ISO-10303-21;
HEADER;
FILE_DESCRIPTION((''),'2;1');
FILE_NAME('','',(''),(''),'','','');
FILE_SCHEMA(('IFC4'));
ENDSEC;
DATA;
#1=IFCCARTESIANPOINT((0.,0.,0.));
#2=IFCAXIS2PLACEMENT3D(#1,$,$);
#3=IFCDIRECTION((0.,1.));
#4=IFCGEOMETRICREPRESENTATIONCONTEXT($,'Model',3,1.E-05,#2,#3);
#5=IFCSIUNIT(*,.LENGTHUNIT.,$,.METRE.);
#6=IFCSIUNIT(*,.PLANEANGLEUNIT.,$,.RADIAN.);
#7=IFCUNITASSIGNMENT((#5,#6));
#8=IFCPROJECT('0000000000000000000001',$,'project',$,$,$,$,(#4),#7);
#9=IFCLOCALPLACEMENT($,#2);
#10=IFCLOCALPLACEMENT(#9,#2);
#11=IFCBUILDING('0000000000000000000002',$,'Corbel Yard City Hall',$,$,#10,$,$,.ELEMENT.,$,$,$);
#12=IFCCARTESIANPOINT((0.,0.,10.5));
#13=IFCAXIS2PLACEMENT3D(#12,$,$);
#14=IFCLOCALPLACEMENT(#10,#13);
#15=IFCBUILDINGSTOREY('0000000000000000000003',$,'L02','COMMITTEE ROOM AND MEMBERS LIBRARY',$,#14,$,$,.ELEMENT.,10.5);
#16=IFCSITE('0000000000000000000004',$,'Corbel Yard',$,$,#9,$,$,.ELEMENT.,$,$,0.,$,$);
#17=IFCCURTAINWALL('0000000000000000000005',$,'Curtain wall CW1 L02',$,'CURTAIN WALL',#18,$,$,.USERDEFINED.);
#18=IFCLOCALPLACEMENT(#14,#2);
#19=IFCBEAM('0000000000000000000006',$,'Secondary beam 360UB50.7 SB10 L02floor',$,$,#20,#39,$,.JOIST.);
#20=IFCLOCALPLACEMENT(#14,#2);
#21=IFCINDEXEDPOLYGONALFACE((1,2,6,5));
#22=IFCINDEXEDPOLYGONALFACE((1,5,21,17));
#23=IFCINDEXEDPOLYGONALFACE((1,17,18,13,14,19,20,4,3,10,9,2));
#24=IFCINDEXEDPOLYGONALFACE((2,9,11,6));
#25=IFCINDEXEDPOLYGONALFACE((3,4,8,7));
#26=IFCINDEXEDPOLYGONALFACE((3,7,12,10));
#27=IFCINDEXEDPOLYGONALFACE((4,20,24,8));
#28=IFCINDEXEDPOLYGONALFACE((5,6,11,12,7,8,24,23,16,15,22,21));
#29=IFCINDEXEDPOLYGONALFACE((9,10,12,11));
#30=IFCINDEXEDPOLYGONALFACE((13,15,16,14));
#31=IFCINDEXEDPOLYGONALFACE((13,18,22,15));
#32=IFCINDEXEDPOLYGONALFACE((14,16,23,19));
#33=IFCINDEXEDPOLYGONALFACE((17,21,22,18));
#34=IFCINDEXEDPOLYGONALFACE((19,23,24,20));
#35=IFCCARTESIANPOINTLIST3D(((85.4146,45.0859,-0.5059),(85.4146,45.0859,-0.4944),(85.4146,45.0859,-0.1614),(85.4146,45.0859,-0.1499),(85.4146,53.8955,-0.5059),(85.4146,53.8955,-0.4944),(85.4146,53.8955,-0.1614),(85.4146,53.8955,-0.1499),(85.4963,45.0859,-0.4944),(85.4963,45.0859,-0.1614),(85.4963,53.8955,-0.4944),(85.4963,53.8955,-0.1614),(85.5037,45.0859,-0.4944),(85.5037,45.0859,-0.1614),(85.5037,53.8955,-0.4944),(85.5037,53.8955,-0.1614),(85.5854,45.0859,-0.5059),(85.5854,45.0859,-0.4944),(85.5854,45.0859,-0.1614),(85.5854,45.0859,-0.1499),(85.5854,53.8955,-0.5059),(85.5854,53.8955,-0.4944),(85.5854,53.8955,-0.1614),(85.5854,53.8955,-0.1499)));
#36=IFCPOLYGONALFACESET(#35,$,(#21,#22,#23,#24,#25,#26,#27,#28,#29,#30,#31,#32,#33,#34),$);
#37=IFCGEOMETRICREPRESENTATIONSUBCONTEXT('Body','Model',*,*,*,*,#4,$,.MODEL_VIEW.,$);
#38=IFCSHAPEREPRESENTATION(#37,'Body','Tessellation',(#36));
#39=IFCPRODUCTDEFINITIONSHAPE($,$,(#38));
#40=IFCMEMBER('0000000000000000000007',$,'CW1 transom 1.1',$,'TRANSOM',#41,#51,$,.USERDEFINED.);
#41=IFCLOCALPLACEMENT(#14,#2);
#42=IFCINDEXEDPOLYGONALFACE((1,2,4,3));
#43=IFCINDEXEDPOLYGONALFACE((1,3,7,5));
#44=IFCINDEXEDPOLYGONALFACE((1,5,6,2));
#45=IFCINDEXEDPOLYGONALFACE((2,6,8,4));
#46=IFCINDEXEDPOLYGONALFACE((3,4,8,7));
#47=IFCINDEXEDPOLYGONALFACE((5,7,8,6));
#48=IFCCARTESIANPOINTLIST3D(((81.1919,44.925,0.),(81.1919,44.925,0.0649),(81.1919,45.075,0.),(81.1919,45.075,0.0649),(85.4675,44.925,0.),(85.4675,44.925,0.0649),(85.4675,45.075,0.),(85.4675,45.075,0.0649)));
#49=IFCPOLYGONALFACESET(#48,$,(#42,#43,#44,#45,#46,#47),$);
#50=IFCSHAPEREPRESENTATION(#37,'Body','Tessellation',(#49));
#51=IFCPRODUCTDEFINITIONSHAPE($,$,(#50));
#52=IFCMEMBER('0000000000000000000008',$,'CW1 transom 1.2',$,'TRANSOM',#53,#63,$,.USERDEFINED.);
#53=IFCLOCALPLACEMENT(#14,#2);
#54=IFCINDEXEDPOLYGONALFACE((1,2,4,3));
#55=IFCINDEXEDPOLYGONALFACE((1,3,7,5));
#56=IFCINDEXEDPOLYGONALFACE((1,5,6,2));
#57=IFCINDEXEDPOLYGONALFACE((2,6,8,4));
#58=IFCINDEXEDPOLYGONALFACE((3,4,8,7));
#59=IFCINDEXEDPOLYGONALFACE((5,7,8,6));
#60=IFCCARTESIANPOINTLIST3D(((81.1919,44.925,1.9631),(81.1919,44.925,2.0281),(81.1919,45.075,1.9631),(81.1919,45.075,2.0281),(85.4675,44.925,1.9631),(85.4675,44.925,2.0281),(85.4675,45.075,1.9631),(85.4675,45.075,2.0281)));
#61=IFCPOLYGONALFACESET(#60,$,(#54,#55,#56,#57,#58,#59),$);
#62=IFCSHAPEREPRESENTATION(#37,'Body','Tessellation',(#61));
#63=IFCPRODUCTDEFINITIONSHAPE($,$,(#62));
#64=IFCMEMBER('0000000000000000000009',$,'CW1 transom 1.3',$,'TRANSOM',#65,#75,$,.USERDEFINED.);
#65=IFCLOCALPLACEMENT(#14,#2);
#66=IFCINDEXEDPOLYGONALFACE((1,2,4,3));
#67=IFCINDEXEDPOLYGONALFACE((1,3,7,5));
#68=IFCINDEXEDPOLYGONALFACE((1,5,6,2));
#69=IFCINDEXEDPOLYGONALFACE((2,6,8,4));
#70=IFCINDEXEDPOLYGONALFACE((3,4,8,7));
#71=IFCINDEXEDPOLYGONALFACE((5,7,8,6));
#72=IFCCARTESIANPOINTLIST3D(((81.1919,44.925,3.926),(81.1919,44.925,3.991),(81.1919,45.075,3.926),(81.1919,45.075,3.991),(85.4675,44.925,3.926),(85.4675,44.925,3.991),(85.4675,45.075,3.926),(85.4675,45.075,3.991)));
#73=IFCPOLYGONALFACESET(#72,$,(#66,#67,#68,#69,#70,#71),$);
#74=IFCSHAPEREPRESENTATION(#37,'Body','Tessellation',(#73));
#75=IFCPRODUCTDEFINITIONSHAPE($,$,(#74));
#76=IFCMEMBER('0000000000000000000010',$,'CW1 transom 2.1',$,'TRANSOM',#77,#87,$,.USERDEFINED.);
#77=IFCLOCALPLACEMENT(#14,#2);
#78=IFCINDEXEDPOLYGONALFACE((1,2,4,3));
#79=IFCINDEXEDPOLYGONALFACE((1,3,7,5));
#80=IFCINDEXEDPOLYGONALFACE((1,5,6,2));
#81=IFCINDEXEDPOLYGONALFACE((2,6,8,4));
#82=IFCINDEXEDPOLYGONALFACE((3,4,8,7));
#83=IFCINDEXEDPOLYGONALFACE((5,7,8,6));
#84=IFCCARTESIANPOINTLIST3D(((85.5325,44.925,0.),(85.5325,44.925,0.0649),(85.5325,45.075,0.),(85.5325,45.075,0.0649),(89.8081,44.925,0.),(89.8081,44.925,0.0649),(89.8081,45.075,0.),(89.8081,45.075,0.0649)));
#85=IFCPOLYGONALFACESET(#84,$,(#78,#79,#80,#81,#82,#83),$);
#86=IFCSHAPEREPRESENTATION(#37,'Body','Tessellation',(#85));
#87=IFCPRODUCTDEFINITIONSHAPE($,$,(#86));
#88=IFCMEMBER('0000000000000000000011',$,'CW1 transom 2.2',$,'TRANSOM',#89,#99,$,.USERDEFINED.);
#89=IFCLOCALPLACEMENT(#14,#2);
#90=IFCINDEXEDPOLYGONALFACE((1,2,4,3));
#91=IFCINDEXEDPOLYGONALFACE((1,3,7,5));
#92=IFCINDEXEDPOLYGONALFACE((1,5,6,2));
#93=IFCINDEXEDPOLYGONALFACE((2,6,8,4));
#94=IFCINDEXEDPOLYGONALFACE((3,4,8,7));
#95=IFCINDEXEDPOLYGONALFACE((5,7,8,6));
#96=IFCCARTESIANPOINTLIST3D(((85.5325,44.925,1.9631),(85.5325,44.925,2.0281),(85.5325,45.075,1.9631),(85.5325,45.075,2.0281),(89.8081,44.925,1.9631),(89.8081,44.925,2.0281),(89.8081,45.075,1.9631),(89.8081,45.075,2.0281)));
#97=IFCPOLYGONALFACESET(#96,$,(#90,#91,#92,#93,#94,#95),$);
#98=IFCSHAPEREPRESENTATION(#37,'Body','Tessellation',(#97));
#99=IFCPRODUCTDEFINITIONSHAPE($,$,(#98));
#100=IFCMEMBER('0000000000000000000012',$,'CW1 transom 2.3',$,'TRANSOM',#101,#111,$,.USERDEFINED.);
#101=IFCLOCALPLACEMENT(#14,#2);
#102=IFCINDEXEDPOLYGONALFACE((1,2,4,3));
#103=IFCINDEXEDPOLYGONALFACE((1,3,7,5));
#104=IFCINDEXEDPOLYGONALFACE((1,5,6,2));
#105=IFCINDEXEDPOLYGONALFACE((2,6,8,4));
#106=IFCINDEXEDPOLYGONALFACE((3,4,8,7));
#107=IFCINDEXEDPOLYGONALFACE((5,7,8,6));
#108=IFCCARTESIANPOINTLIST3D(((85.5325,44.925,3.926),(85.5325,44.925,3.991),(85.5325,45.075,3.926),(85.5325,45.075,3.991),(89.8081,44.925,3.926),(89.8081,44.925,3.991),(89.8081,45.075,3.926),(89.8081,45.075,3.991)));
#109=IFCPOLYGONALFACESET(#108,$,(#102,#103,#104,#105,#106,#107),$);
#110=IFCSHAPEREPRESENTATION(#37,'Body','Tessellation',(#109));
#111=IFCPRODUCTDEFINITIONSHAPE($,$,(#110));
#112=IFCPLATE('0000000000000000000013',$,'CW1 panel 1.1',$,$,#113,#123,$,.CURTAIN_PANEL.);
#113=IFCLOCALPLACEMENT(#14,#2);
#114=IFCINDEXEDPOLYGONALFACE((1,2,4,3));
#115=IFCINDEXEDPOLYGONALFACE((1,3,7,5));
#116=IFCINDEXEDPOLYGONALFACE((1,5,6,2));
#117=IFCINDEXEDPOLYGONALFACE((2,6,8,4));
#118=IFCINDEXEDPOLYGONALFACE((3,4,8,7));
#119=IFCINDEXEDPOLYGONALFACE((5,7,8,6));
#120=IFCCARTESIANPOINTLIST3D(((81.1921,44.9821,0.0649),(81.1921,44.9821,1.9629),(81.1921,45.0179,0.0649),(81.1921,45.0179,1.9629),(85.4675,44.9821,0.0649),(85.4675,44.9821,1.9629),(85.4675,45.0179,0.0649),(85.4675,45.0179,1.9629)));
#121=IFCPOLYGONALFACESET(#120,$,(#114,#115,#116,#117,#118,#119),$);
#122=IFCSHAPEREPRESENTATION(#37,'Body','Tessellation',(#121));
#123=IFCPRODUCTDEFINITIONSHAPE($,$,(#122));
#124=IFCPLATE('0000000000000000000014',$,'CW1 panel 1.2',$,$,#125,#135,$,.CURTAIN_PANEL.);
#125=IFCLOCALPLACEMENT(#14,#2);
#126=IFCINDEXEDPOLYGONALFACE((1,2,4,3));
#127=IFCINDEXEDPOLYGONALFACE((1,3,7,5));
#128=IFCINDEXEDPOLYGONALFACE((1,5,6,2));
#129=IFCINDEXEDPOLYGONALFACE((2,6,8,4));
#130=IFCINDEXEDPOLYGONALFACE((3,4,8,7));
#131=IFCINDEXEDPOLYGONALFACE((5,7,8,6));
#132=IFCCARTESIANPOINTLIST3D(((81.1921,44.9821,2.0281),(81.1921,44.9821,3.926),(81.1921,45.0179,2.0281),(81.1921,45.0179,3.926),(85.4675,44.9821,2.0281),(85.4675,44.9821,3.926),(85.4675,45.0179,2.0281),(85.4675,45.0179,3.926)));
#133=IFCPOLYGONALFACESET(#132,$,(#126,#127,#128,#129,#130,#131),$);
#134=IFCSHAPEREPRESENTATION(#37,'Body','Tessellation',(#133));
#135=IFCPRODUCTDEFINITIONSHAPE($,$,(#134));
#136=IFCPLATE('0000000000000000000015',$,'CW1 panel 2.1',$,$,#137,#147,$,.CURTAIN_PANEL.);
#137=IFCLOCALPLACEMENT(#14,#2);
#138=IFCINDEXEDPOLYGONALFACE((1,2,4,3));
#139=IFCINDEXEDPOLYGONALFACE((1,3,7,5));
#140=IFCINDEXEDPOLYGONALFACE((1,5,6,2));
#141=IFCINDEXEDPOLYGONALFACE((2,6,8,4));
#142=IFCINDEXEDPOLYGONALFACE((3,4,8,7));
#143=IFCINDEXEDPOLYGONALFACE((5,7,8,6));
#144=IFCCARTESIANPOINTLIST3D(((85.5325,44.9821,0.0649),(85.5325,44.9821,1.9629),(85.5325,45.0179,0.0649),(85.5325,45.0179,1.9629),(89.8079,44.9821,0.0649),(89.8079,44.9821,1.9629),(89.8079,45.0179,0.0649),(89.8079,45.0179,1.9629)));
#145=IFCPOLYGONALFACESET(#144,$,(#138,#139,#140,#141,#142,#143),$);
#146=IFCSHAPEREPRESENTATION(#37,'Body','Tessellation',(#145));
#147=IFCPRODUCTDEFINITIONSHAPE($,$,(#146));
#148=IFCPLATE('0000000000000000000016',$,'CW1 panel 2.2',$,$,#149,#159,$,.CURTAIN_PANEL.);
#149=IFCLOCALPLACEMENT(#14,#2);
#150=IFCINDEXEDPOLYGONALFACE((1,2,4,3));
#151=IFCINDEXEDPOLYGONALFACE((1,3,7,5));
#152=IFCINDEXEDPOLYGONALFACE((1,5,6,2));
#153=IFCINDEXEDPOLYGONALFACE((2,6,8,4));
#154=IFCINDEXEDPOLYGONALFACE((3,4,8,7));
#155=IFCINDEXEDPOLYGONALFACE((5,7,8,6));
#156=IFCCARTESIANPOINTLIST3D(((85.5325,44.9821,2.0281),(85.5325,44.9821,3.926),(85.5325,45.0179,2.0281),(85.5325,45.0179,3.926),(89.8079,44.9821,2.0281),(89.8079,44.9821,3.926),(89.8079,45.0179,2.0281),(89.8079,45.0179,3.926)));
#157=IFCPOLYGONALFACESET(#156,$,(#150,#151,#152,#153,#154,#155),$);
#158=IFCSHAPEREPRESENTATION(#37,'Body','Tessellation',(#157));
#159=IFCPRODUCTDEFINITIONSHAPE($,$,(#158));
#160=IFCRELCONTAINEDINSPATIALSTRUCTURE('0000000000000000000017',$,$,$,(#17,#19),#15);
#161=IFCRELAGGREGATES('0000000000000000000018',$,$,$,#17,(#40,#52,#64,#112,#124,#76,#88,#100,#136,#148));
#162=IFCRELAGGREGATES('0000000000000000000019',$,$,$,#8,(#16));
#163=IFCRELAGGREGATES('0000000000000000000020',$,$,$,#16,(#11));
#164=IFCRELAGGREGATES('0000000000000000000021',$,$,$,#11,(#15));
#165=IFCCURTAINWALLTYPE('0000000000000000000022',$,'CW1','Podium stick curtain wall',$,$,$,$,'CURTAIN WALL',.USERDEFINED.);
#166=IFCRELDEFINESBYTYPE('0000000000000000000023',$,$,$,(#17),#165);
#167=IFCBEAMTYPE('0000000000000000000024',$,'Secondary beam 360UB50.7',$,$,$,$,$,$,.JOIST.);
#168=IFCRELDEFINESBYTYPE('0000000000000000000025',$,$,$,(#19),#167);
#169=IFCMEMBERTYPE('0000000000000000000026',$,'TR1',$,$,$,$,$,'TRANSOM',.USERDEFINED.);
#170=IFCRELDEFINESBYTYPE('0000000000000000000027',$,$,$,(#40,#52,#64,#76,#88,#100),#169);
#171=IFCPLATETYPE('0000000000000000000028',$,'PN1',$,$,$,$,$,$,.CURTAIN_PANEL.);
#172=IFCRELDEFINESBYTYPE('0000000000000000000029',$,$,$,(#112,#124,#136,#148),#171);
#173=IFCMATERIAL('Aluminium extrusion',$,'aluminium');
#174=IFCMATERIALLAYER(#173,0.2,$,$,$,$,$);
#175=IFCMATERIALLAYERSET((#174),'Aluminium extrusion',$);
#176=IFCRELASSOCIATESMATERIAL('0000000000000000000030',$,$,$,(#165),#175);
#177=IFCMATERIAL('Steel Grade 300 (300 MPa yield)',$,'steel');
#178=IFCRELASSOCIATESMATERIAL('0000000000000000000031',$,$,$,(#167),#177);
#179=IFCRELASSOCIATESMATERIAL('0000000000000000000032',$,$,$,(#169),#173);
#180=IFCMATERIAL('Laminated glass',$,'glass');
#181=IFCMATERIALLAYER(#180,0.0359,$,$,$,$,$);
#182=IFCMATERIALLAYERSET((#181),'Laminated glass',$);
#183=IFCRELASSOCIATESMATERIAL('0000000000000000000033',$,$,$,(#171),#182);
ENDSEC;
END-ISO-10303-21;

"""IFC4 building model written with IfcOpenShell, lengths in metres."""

from ifc_helpers import new_model, si_unit, direction, frame, origin, origin_2d, place, context, subcontext, project, spatial, rectangle, i_section, extrude, material, layer, layer_set, material_profile, profile_set, type_object, element, aggregate, save


model = new_model("IFC4")

# Units and contexts
model_context = context("Model", 3, precision=1e-05, world=origin(), true_north=direction((0.0, 1.0)))
body_context = subcontext(model_context, "Body", "Model", "MODEL_VIEW")
ifc_project = project(units=[si_unit("LENGTHUNIT", "METRE"), si_unit("PLANEANGLEUNIT", "RADIAN")], contexts=[model_context])

# Site, building, storey
site_placement = place(None, origin())
site = spatial("IfcSite", under=ifc_project, at=site_placement, Name="Corbel Yard", CompositionType="ELEMENT", RefElevation=0.0)
building_placement = place(site_placement, origin())
building = spatial("IfcBuilding", under=site, at=building_placement, Name="Corbel Yard City Hall", CompositionType="ELEMENT")
storey_placement = place(building_placement, frame((0.0, 0.0, 10.5)))
storey = spatial("IfcBuildingStorey", under=building, at=storey_placement, Name="L02", Description="COMMITTEE ROOM AND MEMBERS LIBRARY", CompositionType="ELEMENT", Elevation=10.5)

# Shared definitions
ifc_material_1 = material(Name="Steel Grade 300 (300 MPa yield)", Category="steel")

# Curtain wall
ifc_material_2 = material(Name="Aluminium extrusion", Category="aluminium")
ifc_layer_1 = layer(ifc_material_2, 0.2)
ifc_layer_set_1 = layer_set([ifc_layer_1], Name="Aluminium extrusion")
curtain_wall_type = type_object("IfcCurtainWallType", Name="CW1", Description="Podium stick curtain wall", ElementType="CURTAIN WALL", PredefinedType="USERDEFINED", material=ifc_layer_set_1)
curtain_wall_placement = place(storey_placement, origin())
curtain_wall = element("IfcCurtainWall", 1, at=curtain_wall_placement, inside=storey, type_object=curtain_wall_type, Name="Curtain wall CW1 L02", ObjectType="CURTAIN WALL", PredefinedType="USERDEFINED")

# Beam
ifc_material_profile_1 = material_profile(ifc_material_1, i_section(OverallWidth=0.1709, OverallDepth=0.356, WebThickness=0.0073, FlangeThickness=0.0115, at=origin_2d()), Name="360UB50.7")
ifc_profile_set_1 = profile_set([ifc_material_profile_1], Name="Steel Grade 300 (300 MPa yield)")
beam_type_1 = type_object("IfcBeamType", Name="Secondary beam 360UB50.7", PredefinedType="JOIST", material=ifc_profile_set_1)
beam_1_placement = place(storey_placement, frame((85.5, 45.0859, -0.3279), z_axis=(0.0, 1.0, 0.0), x_axis=(-1.0, 0.0, 0.0)))
element("IfcBeam", 2, at=beam_1_placement, inside=storey, type_object=beam_type_1, Name="Secondary beam 360UB50.7 SB10 L02floor", PredefinedType="JOIST", context=body_context, shape_type="SweptSolid", body=[
    extrude(i_section(OverallWidth=0.1709, OverallDepth=0.356, WebThickness=0.0073, FlangeThickness=0.0115, at=origin_2d()), origin(), (0.0, 0.0, 1.0), 8.8096),
])

# Members
ifc_material_profile_2 = material_profile(ifc_material_2, rectangle(XDim=0.1499, YDim=0.0649, at=origin_2d()), Name="150x65")
ifc_profile_set_2 = profile_set([ifc_material_profile_2], Name="Aluminium extrusion")
member_type_1 = type_object("IfcMemberType", Name="TR1", ElementType="TRANSOM", PredefinedType="USERDEFINED", material=ifc_profile_set_2)
member_1_placement = place(storey_placement, frame((81.1919, 45.0, 0.0325), z_axis=(1.0, 0.0, 0.0), x_axis=(0.0, 1.0, 0.0)))
member_1 = element("IfcMember", 3, at=member_1_placement, type_object=member_type_1, Name="CW1 transom 1.1", ObjectType="TRANSOM", PredefinedType="USERDEFINED", context=body_context, shape_type="SweptSolid", body=[
    extrude(rectangle(XDim=0.1499, YDim=0.0649, at=origin_2d()), origin(), (0.0, 0.0, 1.0), 4.2756),
])
member_2_placement = place(storey_placement, frame((81.1919, 45.0, 1.9956), z_axis=(1.0, 0.0, 0.0), x_axis=(0.0, 1.0, 0.0)))
member_2 = element("IfcMember", 4, at=member_2_placement, type_object=member_type_1, Name="CW1 transom 1.2", ObjectType="TRANSOM", PredefinedType="USERDEFINED", context=body_context, shape_type="SweptSolid", body=[
    extrude(rectangle(XDim=0.1499, YDim=0.0649, at=origin_2d()), origin(), (0.0, 0.0, 1.0), 4.2756),
])
member_3_placement = place(storey_placement, frame((81.1919, 45.0, 3.9585), z_axis=(1.0, 0.0, 0.0), x_axis=(0.0, 1.0, 0.0)))
member_3 = element("IfcMember", 5, at=member_3_placement, type_object=member_type_1, Name="CW1 transom 1.3", ObjectType="TRANSOM", PredefinedType="USERDEFINED", context=body_context, shape_type="SweptSolid", body=[
    extrude(rectangle(XDim=0.1499, YDim=0.0649, at=origin_2d()), origin(), (0.0, 0.0, 1.0), 4.2756),
])
member_4_placement = place(storey_placement, frame((85.5325, 45.0, 0.0325), z_axis=(1.0, 0.0, 0.0), x_axis=(0.0, 1.0, 0.0)))
member_4 = element("IfcMember", 6, at=member_4_placement, type_object=member_type_1, Name="CW1 transom 2.1", ObjectType="TRANSOM", PredefinedType="USERDEFINED", context=body_context, shape_type="SweptSolid", body=[
    extrude(rectangle(XDim=0.1499, YDim=0.0649, at=origin_2d()), origin(), (0.0, 0.0, 1.0), 4.2756),
])
member_5_placement = place(storey_placement, frame((85.5325, 45.0, 1.9956), z_axis=(1.0, 0.0, 0.0), x_axis=(0.0, 1.0, 0.0)))
member_5 = element("IfcMember", 7, at=member_5_placement, type_object=member_type_1, Name="CW1 transom 2.2", ObjectType="TRANSOM", PredefinedType="USERDEFINED", context=body_context, shape_type="SweptSolid", body=[
    extrude(rectangle(XDim=0.1499, YDim=0.0649, at=origin_2d()), origin(), (0.0, 0.0, 1.0), 4.2756),
])
member_6_placement = place(storey_placement, frame((85.5325, 45.0, 3.9585), z_axis=(1.0, 0.0, 0.0), x_axis=(0.0, 1.0, 0.0)))
member_6 = element("IfcMember", 8, at=member_6_placement, type_object=member_type_1, Name="CW1 transom 2.3", ObjectType="TRANSOM", PredefinedType="USERDEFINED", context=body_context, shape_type="SweptSolid", body=[
    extrude(rectangle(XDim=0.1499, YDim=0.0649, at=origin_2d()), origin(), (0.0, 0.0, 1.0), 4.2756),
])

# Plates
ifc_material_3 = material(Name="Laminated glass", Category="glass")
ifc_layer_2 = layer(ifc_material_3, 0.0359)
ifc_layer_set_2 = layer_set([ifc_layer_2], Name="Laminated glass")
plate_type = type_object("IfcPlateType", Name="PN1", PredefinedType="CURTAIN_PANEL", material=ifc_layer_set_2)
plate_1_placement = place(storey_placement, frame((83.3298, 45.0, 0.0649), z_axis=(0.0, 0.0, 1.0), x_axis=(1.0, 0.0, 0.0)))
plate_1 = element("IfcPlate", 9, at=plate_1_placement, type_object=plate_type, Name="CW1 panel 1.1", PredefinedType="CURTAIN_PANEL", context=body_context, shape_type="SweptSolid", body=[
    extrude(rectangle(XDim=4.2754, YDim=0.0359, at=origin_2d()), origin(), (0.0, 0.0, 1.0), 1.8979),
])
plate_2_placement = place(storey_placement, frame((83.3298, 45.0, 2.0281), z_axis=(0.0, 0.0, 1.0), x_axis=(1.0, 0.0, 0.0)))
plate_2 = element("IfcPlate", 10, at=plate_2_placement, type_object=plate_type, Name="CW1 panel 1.2", PredefinedType="CURTAIN_PANEL", context=body_context, shape_type="SweptSolid", body=[
    extrude(rectangle(XDim=4.2754, YDim=0.0359, at=origin_2d()), origin(), (0.0, 0.0, 1.0), 1.8979),
])
plate_3_placement = place(storey_placement, frame((87.6702, 45.0, 0.0649), z_axis=(0.0, 0.0, 1.0), x_axis=(1.0, 0.0, 0.0)))
plate_3 = element("IfcPlate", 11, at=plate_3_placement, type_object=plate_type, Name="CW1 panel 2.1", PredefinedType="CURTAIN_PANEL", context=body_context, shape_type="SweptSolid", body=[
    extrude(rectangle(XDim=4.2754, YDim=0.0359, at=origin_2d()), origin(), (0.0, 0.0, 1.0), 1.8979),
])
plate_4_placement = place(storey_placement, frame((87.6702, 45.0, 2.0281), z_axis=(0.0, 0.0, 1.0), x_axis=(1.0, 0.0, 0.0)))
plate_4 = element("IfcPlate", 12, at=plate_4_placement, type_object=plate_type, Name="CW1 panel 2.2", PredefinedType="CURTAIN_PANEL", context=body_context, shape_type="SweptSolid", body=[
    extrude(rectangle(XDim=4.2754, YDim=0.0359, at=origin_2d()), origin(), (0.0, 0.0, 1.0), 1.8979),
])
aggregate(curtain_wall, [member_1, member_2, member_3, plate_1, plate_2, member_4, member_5, member_6, plate_3, plate_4])

save(model, "model.ifc")
